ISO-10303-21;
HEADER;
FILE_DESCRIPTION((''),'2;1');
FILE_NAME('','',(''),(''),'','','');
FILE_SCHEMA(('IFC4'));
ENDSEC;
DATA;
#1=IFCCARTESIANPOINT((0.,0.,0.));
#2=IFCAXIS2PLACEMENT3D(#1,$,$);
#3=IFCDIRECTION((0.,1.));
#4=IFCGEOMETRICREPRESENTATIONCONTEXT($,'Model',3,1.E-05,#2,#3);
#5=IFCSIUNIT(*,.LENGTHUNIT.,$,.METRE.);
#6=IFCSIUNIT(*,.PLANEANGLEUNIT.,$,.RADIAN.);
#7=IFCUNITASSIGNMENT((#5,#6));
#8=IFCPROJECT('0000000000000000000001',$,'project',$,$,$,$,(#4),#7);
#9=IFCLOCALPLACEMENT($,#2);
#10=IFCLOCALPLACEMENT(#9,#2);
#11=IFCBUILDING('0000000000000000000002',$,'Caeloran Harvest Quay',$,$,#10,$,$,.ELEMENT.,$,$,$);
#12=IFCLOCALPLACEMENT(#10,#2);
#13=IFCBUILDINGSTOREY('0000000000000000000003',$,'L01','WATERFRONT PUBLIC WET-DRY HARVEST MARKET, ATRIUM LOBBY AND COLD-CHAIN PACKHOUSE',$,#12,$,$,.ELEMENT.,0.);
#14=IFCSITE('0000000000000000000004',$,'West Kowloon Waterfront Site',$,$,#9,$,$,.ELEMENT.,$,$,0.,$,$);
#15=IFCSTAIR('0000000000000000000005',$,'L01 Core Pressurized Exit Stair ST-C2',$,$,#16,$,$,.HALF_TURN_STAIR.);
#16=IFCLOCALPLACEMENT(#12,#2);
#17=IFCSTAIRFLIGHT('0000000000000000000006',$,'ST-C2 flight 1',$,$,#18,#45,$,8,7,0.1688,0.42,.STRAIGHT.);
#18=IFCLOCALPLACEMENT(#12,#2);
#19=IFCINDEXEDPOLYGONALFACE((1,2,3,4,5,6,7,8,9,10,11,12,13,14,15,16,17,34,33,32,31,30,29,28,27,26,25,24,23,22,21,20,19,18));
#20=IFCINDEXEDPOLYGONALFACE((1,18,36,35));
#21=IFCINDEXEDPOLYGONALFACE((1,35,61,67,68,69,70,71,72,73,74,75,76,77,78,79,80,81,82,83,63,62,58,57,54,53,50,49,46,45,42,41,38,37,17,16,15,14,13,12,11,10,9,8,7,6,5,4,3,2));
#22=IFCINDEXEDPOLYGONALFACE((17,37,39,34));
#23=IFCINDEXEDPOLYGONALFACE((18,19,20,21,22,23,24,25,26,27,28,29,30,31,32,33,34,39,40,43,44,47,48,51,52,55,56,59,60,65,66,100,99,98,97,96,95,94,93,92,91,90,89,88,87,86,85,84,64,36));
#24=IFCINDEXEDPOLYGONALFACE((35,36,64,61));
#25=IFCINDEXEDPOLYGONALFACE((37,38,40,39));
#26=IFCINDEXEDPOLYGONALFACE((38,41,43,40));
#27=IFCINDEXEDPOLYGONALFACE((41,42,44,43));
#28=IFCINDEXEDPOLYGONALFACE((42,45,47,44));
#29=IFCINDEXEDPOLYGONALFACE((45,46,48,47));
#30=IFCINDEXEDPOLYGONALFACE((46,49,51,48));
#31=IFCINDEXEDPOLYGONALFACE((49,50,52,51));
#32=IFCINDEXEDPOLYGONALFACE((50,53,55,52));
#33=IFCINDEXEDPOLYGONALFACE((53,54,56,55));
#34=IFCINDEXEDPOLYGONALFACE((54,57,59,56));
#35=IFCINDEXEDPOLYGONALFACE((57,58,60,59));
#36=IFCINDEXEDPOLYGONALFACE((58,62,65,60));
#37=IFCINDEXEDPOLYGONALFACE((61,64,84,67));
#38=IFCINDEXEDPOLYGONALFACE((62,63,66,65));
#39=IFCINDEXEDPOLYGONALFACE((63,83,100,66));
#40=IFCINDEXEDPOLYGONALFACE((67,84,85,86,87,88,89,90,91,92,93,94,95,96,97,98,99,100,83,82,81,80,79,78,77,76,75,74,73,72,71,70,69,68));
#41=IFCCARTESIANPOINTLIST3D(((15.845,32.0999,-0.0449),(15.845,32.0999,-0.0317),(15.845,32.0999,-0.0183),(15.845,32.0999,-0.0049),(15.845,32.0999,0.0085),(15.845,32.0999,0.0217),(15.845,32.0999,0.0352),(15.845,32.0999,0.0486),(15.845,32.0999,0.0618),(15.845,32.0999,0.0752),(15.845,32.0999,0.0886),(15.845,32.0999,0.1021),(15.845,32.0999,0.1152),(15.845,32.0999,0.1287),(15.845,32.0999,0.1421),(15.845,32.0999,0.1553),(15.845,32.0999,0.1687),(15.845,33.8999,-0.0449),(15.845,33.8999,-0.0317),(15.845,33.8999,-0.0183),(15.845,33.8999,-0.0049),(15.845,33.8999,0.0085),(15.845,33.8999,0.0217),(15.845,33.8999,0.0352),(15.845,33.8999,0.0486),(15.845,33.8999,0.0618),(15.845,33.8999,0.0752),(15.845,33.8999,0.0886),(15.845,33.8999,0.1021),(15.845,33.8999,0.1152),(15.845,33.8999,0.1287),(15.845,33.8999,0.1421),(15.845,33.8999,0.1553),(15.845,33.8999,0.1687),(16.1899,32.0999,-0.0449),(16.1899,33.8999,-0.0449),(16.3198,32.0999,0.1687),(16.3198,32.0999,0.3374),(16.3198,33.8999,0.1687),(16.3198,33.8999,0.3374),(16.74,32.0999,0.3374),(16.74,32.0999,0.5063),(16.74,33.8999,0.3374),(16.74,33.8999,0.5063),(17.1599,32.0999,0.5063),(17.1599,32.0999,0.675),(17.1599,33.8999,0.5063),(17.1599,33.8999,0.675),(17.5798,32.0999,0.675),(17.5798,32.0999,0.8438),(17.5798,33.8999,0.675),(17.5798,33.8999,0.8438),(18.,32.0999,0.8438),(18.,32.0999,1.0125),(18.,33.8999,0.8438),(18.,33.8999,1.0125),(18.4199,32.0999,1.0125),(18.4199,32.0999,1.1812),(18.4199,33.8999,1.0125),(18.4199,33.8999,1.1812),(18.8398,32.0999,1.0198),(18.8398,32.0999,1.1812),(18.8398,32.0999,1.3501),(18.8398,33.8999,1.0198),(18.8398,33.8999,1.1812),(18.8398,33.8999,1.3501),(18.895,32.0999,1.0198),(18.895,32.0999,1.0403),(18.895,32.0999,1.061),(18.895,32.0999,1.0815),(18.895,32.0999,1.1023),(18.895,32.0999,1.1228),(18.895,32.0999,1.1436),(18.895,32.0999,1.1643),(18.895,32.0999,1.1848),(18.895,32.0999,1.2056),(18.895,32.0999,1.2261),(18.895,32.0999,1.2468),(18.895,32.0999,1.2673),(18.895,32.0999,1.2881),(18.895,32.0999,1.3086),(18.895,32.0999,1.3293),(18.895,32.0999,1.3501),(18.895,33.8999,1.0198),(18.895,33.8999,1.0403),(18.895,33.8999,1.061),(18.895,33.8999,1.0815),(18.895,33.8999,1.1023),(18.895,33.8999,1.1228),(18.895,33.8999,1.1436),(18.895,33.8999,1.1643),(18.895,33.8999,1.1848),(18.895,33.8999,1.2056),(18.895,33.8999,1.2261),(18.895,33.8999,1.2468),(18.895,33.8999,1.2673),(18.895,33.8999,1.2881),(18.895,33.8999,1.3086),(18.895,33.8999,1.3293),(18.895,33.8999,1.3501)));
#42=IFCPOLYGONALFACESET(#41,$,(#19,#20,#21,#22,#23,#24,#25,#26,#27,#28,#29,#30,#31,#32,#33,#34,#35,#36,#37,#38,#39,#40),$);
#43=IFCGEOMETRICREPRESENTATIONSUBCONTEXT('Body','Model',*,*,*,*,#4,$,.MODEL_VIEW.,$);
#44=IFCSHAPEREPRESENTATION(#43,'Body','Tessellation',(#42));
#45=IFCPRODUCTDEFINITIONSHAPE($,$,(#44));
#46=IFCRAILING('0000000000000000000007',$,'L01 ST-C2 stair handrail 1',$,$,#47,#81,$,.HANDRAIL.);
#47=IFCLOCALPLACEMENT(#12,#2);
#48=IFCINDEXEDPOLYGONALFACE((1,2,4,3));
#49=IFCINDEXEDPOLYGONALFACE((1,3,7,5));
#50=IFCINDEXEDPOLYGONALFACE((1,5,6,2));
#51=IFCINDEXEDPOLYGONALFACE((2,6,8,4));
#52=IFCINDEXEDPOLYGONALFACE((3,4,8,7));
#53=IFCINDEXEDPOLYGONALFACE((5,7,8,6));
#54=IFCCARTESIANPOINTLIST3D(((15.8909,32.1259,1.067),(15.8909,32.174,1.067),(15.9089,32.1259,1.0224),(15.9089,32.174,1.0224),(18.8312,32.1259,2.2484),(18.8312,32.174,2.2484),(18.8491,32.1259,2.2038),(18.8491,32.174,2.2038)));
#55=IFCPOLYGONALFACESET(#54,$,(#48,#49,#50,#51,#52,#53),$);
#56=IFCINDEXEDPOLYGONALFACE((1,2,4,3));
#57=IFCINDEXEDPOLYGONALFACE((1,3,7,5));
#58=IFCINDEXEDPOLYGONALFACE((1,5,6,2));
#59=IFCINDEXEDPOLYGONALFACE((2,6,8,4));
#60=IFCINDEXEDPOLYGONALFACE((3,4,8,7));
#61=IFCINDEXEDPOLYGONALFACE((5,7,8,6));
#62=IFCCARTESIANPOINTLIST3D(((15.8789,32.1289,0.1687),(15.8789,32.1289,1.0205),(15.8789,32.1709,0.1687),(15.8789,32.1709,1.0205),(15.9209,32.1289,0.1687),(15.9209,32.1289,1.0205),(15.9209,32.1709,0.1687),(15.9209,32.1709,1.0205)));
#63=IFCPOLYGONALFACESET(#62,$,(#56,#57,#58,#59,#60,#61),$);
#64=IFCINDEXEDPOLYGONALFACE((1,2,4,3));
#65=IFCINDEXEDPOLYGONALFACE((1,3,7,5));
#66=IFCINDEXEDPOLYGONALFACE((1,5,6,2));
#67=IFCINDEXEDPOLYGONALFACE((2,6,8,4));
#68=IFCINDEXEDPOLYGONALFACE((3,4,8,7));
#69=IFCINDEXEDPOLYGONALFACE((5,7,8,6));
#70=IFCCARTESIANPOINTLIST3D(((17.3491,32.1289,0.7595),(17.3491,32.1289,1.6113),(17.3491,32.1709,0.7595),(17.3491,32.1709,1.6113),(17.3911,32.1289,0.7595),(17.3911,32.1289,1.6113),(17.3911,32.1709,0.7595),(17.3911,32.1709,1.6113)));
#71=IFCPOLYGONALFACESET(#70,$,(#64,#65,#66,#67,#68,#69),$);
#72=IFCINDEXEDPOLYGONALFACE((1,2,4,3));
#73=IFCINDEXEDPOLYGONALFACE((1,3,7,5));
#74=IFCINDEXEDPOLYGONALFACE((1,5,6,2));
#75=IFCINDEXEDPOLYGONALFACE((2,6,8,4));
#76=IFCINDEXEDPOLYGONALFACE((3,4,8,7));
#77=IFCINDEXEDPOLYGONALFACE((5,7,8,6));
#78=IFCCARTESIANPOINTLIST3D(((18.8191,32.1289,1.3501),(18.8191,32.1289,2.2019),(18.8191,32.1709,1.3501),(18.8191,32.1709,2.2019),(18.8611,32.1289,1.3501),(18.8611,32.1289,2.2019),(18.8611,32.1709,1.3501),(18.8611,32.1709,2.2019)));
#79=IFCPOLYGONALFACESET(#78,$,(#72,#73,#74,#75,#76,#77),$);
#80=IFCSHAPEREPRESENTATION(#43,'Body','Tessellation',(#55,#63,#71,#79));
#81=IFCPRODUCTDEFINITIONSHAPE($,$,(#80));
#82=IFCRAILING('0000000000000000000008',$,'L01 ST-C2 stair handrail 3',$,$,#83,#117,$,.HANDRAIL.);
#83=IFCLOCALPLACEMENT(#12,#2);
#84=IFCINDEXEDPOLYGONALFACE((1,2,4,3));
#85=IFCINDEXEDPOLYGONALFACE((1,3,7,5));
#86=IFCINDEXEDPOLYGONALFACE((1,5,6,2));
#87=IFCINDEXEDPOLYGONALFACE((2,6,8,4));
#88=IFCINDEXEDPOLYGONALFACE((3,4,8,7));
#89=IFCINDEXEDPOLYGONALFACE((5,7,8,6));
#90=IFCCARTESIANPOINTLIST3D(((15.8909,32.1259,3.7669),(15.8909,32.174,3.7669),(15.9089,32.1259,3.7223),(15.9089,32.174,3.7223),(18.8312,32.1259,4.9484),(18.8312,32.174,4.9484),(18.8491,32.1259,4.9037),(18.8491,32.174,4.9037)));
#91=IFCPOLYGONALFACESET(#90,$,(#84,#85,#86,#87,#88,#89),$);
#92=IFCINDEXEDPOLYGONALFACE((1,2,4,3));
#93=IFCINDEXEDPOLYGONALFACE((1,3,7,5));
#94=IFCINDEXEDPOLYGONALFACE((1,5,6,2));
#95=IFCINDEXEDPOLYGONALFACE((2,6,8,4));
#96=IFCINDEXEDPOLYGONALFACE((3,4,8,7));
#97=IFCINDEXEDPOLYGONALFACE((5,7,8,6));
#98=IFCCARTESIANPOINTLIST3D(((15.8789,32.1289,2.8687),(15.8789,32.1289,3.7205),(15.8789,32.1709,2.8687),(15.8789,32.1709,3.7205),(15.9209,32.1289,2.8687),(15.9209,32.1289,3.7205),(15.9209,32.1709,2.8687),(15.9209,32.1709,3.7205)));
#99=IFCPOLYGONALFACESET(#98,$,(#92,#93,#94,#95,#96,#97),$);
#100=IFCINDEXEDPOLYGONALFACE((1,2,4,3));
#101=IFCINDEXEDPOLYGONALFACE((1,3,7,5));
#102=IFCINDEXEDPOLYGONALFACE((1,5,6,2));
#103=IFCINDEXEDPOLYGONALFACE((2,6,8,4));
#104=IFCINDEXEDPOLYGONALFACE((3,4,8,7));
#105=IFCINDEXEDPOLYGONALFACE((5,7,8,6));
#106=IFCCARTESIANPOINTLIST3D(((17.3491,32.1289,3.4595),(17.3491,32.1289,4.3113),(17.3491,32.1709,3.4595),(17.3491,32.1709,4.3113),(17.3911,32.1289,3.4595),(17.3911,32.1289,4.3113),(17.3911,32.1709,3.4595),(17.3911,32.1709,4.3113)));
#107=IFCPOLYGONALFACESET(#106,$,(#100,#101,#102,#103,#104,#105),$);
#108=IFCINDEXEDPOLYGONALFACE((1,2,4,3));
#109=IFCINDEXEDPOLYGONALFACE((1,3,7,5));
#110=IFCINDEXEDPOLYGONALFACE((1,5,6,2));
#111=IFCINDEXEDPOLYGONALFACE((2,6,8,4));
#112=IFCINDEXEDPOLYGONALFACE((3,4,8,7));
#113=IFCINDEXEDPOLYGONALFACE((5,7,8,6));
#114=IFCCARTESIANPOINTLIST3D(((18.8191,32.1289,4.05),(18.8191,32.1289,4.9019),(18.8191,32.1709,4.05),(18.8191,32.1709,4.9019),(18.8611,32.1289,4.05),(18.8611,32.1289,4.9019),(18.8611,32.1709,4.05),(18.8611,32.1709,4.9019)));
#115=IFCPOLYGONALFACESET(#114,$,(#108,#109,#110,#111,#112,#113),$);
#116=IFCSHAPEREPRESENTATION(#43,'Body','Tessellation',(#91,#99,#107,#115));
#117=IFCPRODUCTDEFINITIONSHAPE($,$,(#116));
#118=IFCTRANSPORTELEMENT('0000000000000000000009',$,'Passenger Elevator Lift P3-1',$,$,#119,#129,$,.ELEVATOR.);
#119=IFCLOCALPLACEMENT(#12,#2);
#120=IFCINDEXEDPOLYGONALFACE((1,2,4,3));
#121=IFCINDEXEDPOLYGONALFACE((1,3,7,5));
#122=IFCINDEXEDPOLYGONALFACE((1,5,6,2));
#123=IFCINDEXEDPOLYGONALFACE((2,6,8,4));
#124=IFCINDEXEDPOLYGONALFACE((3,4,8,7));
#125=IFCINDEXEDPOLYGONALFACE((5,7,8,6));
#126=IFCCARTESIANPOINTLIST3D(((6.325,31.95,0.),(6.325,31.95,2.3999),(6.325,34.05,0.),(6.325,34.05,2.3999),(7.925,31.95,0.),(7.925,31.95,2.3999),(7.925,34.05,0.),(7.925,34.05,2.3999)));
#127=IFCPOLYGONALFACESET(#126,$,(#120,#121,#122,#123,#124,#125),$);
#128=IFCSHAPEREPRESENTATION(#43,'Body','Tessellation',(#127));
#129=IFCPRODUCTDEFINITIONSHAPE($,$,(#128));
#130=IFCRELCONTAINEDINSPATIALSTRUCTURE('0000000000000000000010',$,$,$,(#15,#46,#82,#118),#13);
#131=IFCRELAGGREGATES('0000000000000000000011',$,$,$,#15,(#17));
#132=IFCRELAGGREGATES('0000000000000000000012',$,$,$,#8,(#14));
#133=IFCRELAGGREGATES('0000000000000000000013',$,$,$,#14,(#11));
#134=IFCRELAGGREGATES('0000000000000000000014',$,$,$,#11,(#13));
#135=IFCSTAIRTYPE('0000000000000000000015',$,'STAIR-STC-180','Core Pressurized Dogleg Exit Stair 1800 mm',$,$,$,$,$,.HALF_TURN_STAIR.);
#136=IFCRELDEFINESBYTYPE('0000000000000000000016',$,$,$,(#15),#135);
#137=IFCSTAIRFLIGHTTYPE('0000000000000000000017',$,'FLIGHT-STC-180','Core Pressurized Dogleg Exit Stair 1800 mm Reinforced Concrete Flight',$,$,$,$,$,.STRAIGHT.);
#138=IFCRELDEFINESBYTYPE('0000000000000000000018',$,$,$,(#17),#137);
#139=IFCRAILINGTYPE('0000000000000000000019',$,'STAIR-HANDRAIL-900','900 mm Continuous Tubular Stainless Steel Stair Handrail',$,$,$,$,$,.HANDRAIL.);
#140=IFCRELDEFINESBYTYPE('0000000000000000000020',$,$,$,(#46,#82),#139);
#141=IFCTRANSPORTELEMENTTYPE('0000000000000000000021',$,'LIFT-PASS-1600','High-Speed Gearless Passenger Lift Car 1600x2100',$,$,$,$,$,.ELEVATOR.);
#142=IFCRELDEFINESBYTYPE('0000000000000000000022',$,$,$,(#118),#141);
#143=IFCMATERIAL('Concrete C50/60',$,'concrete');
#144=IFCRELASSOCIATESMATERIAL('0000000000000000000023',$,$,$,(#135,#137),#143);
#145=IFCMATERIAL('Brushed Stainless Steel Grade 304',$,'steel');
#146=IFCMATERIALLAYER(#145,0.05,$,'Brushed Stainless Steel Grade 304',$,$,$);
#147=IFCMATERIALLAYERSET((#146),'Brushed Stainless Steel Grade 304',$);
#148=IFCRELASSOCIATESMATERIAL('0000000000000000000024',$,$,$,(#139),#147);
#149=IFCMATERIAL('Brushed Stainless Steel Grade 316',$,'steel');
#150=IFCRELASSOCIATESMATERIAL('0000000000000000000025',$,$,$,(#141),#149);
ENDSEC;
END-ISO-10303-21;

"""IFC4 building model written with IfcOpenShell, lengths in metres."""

from ifc_helpers import new_model, si_unit, direction, frame, origin, origin_2d, place, context, subcontext, project, spatial, polyline, rectangle, outline, extrude, material, layer, layer_set, type_object, element, aggregate, save


model = new_model("IFC4")

# Units and contexts
model_context = context("Model", 3, precision=1e-05, world=origin(), true_north=direction((0.0, 1.0)))
body_context = subcontext(model_context, "Body", "Model", "MODEL_VIEW")
ifc_project = project(units=[si_unit("LENGTHUNIT", "METRE"), si_unit("PLANEANGLEUNIT", "RADIAN")], contexts=[model_context])

# Site, building, storey
site_placement = place(None, origin())
site = spatial("IfcSite", under=ifc_project, at=site_placement, Name="West Kowloon Waterfront Site", CompositionType="ELEMENT", RefElevation=0.0)
building_placement = place(site_placement, origin())
building = spatial("IfcBuilding", under=site, at=building_placement, Name="Caeloran Harvest Quay", CompositionType="ELEMENT")
storey_placement = place(building_placement, origin())
storey = spatial("IfcBuildingStorey", under=building, at=storey_placement, Name="L01", Description="WATERFRONT PUBLIC WET-DRY HARVEST MARKET, ATRIUM LOBBY AND COLD-CHAIN PACKHOUSE", CompositionType="ELEMENT", Elevation=0.0)

# Shared definitions
ifc_material_1 = material(Name="Concrete C50/60", Category="concrete")

# Stair, stair flight
stair_type = type_object("IfcStairType", Name="STAIR-STC-180", Description="Core Pressurized Dogleg Exit Stair 1800 mm", PredefinedType="HALF_TURN_STAIR", material=ifc_material_1)
stair_placement = place(storey_placement, origin())
stair = element("IfcStair", 1, at=stair_placement, inside=storey, type_object=stair_type, Name="L01 Core Pressurized Exit Stair ST-C2", PredefinedType="HALF_TURN_STAIR")
stair_flight_type = type_object("IfcStairFlightType", Name="FLIGHT-STC-180", Description="Core Pressurized Dogleg Exit Stair 1800 mm Reinforced Concrete Flight", PredefinedType="STRAIGHT", material=ifc_material_1)
stair_flight_1_placement = place(storey_placement, frame((15.8999, 33.0, 0.0), z_axis=(0.0, 0.0, 1.0), x_axis=(1.0, 0.0, 0.0)))
stair_flight_1 = element("IfcStairFlight", 2, at=stair_flight_1_placement, type_object=stair_flight_type, Name="ST-C2 flight 1", NumberOfRisers=8, NumberOfTreads=7, PredefinedType="STRAIGHT", RiserHeight=0.1688, TreadLength=0.42, context=body_context, shape_type="SweptSolid", body=[
    extrude(outline(polyline([(-0.0549, -0.0449), (-0.0549, -0.0317), (-0.0549, -0.0183), (-0.0549, -0.0049), (-0.0549, 0.0085), (-0.0549, 0.0217), (-0.0549, 0.0352), (-0.0549, 0.0486), (-0.0549, 0.0618), (-0.0549, 0.0752), (-0.0549, 0.0886), (-0.0549, 0.1021), (-0.0549, 0.1152), (-0.0549, 0.1287), (-0.0549, 0.1421), (-0.0549, 0.1553), (-0.0549, 0.1687), (0.4199, 0.1687), (0.4199, 0.3374), (0.8401, 0.3374), (0.8401, 0.5063), (1.26, 0.5063), (1.26, 0.675), (1.6799, 0.675), (1.6799, 0.8438), (2.1001, 0.8438), (2.1001, 1.0125), (2.52, 1.0125), (2.52, 1.1812), (2.9399, 1.1812), (2.9399, 1.3501), (2.9951, 1.3501), (2.9951, 1.3293), (2.9951, 1.3086), (2.9951, 1.2881), (2.9951, 1.2673), (2.9951, 1.2468), (2.9951, 1.2261), (2.9951, 1.2056), (2.9951, 1.1848), (2.9951, 1.1643), (2.9951, 1.1436), (2.9951, 1.1228), (2.9951, 1.1023), (2.9951, 1.0815), (2.9951, 1.061), (2.9951, 1.0403), (2.9951, 1.0198), (2.9399, 1.0198), (0.29, -0.0449), (-0.0549, -0.0449)])), frame((0.0, 0.8999, 0.0), z_axis=(0.0, -1.0, 0.0), x_axis=(1.0, 0.0, 0.0)), (0.0, 0.0, 1.0), 1.8),
])
aggregate(stair, [stair_flight_1])

# Railings
ifc_material_2 = material(Name="Brushed Stainless Steel Grade 304", Category="steel")
ifc_layer_1 = layer(ifc_material_2, 0.05, Name="Brushed Stainless Steel Grade 304")
ifc_layer_set_1 = layer_set([ifc_layer_1], Name="Brushed Stainless Steel Grade 304")
railing_type = type_object("IfcRailingType", Name="STAIR-HANDRAIL-900", Description="900 mm Continuous Tubular Stainless Steel Stair Handrail", PredefinedType="HANDRAIL", material=ifc_layer_set_1)
for number, where, name in (
    (3, (15.8999, 32.1499, 0.1687), "L01 ST-C2 stair handrail 1"),
    (4, (15.8999, 32.1499, 2.8687), "L01 ST-C2 stair handrail 3"),
):
    element("IfcRailing", number, at=place(storey_placement, frame(where)), inside=storey, type_object=railing_type, Name=name, PredefinedType="HANDRAIL", context=body_context, shape_type="SweptSolid", body=[
        extrude(rectangle(XDim=0.0481, YDim=0.0481, at=origin_2d()), frame((0.0, 0.0, 0.876), z_axis=(0.927896, 0.0, 0.372838), x_axis=(0.0, 1.0, 0.0)), (0.0, 0.0, 1.0), 3.1687),
        extrude(rectangle(XDim=0.042, YDim=0.042, at=origin_2d()), origin(), (0.0, 0.0, 1.0), 0.8518),
        extrude(rectangle(XDim=0.042, YDim=0.042, at=origin_2d()), frame((1.4702, 0.0, 0.5908)), (0.0, 0.0, 1.0), 0.8518),
        extrude(rectangle(XDim=0.042, YDim=0.042, at=origin_2d()), frame((2.9402, 0.0, 1.1814)), (0.0, 0.0, 1.0), 0.8518),
    ])

# Transport element
ifc_material_3 = material(Name="Brushed Stainless Steel Grade 316", Category="steel")
transport_element_type = type_object("IfcTransportElementType", Name="LIFT-PASS-1600", Description="High-Speed Gearless Passenger Lift Car 1600x2100", PredefinedType="ELEVATOR", material=ifc_material_3)
transport_element_placement = place(storey_placement, frame((7.125, 33.0, 0.0), z_axis=(0.0, 0.0, 1.0), x_axis=(1.0, 0.0, 0.0)))
element("IfcTransportElement", 5, at=transport_element_placement, inside=storey, type_object=transport_element_type, Name="Passenger Elevator Lift P3-1", PredefinedType="ELEVATOR", context=body_context, shape_type="SweptSolid", body=[
    extrude(rectangle(XDim=1.6001, YDim=2.1001, at=origin_2d()), origin(), (0.0, 0.0, 1.0), 2.3999),
])

save(model, "model.ifc")
